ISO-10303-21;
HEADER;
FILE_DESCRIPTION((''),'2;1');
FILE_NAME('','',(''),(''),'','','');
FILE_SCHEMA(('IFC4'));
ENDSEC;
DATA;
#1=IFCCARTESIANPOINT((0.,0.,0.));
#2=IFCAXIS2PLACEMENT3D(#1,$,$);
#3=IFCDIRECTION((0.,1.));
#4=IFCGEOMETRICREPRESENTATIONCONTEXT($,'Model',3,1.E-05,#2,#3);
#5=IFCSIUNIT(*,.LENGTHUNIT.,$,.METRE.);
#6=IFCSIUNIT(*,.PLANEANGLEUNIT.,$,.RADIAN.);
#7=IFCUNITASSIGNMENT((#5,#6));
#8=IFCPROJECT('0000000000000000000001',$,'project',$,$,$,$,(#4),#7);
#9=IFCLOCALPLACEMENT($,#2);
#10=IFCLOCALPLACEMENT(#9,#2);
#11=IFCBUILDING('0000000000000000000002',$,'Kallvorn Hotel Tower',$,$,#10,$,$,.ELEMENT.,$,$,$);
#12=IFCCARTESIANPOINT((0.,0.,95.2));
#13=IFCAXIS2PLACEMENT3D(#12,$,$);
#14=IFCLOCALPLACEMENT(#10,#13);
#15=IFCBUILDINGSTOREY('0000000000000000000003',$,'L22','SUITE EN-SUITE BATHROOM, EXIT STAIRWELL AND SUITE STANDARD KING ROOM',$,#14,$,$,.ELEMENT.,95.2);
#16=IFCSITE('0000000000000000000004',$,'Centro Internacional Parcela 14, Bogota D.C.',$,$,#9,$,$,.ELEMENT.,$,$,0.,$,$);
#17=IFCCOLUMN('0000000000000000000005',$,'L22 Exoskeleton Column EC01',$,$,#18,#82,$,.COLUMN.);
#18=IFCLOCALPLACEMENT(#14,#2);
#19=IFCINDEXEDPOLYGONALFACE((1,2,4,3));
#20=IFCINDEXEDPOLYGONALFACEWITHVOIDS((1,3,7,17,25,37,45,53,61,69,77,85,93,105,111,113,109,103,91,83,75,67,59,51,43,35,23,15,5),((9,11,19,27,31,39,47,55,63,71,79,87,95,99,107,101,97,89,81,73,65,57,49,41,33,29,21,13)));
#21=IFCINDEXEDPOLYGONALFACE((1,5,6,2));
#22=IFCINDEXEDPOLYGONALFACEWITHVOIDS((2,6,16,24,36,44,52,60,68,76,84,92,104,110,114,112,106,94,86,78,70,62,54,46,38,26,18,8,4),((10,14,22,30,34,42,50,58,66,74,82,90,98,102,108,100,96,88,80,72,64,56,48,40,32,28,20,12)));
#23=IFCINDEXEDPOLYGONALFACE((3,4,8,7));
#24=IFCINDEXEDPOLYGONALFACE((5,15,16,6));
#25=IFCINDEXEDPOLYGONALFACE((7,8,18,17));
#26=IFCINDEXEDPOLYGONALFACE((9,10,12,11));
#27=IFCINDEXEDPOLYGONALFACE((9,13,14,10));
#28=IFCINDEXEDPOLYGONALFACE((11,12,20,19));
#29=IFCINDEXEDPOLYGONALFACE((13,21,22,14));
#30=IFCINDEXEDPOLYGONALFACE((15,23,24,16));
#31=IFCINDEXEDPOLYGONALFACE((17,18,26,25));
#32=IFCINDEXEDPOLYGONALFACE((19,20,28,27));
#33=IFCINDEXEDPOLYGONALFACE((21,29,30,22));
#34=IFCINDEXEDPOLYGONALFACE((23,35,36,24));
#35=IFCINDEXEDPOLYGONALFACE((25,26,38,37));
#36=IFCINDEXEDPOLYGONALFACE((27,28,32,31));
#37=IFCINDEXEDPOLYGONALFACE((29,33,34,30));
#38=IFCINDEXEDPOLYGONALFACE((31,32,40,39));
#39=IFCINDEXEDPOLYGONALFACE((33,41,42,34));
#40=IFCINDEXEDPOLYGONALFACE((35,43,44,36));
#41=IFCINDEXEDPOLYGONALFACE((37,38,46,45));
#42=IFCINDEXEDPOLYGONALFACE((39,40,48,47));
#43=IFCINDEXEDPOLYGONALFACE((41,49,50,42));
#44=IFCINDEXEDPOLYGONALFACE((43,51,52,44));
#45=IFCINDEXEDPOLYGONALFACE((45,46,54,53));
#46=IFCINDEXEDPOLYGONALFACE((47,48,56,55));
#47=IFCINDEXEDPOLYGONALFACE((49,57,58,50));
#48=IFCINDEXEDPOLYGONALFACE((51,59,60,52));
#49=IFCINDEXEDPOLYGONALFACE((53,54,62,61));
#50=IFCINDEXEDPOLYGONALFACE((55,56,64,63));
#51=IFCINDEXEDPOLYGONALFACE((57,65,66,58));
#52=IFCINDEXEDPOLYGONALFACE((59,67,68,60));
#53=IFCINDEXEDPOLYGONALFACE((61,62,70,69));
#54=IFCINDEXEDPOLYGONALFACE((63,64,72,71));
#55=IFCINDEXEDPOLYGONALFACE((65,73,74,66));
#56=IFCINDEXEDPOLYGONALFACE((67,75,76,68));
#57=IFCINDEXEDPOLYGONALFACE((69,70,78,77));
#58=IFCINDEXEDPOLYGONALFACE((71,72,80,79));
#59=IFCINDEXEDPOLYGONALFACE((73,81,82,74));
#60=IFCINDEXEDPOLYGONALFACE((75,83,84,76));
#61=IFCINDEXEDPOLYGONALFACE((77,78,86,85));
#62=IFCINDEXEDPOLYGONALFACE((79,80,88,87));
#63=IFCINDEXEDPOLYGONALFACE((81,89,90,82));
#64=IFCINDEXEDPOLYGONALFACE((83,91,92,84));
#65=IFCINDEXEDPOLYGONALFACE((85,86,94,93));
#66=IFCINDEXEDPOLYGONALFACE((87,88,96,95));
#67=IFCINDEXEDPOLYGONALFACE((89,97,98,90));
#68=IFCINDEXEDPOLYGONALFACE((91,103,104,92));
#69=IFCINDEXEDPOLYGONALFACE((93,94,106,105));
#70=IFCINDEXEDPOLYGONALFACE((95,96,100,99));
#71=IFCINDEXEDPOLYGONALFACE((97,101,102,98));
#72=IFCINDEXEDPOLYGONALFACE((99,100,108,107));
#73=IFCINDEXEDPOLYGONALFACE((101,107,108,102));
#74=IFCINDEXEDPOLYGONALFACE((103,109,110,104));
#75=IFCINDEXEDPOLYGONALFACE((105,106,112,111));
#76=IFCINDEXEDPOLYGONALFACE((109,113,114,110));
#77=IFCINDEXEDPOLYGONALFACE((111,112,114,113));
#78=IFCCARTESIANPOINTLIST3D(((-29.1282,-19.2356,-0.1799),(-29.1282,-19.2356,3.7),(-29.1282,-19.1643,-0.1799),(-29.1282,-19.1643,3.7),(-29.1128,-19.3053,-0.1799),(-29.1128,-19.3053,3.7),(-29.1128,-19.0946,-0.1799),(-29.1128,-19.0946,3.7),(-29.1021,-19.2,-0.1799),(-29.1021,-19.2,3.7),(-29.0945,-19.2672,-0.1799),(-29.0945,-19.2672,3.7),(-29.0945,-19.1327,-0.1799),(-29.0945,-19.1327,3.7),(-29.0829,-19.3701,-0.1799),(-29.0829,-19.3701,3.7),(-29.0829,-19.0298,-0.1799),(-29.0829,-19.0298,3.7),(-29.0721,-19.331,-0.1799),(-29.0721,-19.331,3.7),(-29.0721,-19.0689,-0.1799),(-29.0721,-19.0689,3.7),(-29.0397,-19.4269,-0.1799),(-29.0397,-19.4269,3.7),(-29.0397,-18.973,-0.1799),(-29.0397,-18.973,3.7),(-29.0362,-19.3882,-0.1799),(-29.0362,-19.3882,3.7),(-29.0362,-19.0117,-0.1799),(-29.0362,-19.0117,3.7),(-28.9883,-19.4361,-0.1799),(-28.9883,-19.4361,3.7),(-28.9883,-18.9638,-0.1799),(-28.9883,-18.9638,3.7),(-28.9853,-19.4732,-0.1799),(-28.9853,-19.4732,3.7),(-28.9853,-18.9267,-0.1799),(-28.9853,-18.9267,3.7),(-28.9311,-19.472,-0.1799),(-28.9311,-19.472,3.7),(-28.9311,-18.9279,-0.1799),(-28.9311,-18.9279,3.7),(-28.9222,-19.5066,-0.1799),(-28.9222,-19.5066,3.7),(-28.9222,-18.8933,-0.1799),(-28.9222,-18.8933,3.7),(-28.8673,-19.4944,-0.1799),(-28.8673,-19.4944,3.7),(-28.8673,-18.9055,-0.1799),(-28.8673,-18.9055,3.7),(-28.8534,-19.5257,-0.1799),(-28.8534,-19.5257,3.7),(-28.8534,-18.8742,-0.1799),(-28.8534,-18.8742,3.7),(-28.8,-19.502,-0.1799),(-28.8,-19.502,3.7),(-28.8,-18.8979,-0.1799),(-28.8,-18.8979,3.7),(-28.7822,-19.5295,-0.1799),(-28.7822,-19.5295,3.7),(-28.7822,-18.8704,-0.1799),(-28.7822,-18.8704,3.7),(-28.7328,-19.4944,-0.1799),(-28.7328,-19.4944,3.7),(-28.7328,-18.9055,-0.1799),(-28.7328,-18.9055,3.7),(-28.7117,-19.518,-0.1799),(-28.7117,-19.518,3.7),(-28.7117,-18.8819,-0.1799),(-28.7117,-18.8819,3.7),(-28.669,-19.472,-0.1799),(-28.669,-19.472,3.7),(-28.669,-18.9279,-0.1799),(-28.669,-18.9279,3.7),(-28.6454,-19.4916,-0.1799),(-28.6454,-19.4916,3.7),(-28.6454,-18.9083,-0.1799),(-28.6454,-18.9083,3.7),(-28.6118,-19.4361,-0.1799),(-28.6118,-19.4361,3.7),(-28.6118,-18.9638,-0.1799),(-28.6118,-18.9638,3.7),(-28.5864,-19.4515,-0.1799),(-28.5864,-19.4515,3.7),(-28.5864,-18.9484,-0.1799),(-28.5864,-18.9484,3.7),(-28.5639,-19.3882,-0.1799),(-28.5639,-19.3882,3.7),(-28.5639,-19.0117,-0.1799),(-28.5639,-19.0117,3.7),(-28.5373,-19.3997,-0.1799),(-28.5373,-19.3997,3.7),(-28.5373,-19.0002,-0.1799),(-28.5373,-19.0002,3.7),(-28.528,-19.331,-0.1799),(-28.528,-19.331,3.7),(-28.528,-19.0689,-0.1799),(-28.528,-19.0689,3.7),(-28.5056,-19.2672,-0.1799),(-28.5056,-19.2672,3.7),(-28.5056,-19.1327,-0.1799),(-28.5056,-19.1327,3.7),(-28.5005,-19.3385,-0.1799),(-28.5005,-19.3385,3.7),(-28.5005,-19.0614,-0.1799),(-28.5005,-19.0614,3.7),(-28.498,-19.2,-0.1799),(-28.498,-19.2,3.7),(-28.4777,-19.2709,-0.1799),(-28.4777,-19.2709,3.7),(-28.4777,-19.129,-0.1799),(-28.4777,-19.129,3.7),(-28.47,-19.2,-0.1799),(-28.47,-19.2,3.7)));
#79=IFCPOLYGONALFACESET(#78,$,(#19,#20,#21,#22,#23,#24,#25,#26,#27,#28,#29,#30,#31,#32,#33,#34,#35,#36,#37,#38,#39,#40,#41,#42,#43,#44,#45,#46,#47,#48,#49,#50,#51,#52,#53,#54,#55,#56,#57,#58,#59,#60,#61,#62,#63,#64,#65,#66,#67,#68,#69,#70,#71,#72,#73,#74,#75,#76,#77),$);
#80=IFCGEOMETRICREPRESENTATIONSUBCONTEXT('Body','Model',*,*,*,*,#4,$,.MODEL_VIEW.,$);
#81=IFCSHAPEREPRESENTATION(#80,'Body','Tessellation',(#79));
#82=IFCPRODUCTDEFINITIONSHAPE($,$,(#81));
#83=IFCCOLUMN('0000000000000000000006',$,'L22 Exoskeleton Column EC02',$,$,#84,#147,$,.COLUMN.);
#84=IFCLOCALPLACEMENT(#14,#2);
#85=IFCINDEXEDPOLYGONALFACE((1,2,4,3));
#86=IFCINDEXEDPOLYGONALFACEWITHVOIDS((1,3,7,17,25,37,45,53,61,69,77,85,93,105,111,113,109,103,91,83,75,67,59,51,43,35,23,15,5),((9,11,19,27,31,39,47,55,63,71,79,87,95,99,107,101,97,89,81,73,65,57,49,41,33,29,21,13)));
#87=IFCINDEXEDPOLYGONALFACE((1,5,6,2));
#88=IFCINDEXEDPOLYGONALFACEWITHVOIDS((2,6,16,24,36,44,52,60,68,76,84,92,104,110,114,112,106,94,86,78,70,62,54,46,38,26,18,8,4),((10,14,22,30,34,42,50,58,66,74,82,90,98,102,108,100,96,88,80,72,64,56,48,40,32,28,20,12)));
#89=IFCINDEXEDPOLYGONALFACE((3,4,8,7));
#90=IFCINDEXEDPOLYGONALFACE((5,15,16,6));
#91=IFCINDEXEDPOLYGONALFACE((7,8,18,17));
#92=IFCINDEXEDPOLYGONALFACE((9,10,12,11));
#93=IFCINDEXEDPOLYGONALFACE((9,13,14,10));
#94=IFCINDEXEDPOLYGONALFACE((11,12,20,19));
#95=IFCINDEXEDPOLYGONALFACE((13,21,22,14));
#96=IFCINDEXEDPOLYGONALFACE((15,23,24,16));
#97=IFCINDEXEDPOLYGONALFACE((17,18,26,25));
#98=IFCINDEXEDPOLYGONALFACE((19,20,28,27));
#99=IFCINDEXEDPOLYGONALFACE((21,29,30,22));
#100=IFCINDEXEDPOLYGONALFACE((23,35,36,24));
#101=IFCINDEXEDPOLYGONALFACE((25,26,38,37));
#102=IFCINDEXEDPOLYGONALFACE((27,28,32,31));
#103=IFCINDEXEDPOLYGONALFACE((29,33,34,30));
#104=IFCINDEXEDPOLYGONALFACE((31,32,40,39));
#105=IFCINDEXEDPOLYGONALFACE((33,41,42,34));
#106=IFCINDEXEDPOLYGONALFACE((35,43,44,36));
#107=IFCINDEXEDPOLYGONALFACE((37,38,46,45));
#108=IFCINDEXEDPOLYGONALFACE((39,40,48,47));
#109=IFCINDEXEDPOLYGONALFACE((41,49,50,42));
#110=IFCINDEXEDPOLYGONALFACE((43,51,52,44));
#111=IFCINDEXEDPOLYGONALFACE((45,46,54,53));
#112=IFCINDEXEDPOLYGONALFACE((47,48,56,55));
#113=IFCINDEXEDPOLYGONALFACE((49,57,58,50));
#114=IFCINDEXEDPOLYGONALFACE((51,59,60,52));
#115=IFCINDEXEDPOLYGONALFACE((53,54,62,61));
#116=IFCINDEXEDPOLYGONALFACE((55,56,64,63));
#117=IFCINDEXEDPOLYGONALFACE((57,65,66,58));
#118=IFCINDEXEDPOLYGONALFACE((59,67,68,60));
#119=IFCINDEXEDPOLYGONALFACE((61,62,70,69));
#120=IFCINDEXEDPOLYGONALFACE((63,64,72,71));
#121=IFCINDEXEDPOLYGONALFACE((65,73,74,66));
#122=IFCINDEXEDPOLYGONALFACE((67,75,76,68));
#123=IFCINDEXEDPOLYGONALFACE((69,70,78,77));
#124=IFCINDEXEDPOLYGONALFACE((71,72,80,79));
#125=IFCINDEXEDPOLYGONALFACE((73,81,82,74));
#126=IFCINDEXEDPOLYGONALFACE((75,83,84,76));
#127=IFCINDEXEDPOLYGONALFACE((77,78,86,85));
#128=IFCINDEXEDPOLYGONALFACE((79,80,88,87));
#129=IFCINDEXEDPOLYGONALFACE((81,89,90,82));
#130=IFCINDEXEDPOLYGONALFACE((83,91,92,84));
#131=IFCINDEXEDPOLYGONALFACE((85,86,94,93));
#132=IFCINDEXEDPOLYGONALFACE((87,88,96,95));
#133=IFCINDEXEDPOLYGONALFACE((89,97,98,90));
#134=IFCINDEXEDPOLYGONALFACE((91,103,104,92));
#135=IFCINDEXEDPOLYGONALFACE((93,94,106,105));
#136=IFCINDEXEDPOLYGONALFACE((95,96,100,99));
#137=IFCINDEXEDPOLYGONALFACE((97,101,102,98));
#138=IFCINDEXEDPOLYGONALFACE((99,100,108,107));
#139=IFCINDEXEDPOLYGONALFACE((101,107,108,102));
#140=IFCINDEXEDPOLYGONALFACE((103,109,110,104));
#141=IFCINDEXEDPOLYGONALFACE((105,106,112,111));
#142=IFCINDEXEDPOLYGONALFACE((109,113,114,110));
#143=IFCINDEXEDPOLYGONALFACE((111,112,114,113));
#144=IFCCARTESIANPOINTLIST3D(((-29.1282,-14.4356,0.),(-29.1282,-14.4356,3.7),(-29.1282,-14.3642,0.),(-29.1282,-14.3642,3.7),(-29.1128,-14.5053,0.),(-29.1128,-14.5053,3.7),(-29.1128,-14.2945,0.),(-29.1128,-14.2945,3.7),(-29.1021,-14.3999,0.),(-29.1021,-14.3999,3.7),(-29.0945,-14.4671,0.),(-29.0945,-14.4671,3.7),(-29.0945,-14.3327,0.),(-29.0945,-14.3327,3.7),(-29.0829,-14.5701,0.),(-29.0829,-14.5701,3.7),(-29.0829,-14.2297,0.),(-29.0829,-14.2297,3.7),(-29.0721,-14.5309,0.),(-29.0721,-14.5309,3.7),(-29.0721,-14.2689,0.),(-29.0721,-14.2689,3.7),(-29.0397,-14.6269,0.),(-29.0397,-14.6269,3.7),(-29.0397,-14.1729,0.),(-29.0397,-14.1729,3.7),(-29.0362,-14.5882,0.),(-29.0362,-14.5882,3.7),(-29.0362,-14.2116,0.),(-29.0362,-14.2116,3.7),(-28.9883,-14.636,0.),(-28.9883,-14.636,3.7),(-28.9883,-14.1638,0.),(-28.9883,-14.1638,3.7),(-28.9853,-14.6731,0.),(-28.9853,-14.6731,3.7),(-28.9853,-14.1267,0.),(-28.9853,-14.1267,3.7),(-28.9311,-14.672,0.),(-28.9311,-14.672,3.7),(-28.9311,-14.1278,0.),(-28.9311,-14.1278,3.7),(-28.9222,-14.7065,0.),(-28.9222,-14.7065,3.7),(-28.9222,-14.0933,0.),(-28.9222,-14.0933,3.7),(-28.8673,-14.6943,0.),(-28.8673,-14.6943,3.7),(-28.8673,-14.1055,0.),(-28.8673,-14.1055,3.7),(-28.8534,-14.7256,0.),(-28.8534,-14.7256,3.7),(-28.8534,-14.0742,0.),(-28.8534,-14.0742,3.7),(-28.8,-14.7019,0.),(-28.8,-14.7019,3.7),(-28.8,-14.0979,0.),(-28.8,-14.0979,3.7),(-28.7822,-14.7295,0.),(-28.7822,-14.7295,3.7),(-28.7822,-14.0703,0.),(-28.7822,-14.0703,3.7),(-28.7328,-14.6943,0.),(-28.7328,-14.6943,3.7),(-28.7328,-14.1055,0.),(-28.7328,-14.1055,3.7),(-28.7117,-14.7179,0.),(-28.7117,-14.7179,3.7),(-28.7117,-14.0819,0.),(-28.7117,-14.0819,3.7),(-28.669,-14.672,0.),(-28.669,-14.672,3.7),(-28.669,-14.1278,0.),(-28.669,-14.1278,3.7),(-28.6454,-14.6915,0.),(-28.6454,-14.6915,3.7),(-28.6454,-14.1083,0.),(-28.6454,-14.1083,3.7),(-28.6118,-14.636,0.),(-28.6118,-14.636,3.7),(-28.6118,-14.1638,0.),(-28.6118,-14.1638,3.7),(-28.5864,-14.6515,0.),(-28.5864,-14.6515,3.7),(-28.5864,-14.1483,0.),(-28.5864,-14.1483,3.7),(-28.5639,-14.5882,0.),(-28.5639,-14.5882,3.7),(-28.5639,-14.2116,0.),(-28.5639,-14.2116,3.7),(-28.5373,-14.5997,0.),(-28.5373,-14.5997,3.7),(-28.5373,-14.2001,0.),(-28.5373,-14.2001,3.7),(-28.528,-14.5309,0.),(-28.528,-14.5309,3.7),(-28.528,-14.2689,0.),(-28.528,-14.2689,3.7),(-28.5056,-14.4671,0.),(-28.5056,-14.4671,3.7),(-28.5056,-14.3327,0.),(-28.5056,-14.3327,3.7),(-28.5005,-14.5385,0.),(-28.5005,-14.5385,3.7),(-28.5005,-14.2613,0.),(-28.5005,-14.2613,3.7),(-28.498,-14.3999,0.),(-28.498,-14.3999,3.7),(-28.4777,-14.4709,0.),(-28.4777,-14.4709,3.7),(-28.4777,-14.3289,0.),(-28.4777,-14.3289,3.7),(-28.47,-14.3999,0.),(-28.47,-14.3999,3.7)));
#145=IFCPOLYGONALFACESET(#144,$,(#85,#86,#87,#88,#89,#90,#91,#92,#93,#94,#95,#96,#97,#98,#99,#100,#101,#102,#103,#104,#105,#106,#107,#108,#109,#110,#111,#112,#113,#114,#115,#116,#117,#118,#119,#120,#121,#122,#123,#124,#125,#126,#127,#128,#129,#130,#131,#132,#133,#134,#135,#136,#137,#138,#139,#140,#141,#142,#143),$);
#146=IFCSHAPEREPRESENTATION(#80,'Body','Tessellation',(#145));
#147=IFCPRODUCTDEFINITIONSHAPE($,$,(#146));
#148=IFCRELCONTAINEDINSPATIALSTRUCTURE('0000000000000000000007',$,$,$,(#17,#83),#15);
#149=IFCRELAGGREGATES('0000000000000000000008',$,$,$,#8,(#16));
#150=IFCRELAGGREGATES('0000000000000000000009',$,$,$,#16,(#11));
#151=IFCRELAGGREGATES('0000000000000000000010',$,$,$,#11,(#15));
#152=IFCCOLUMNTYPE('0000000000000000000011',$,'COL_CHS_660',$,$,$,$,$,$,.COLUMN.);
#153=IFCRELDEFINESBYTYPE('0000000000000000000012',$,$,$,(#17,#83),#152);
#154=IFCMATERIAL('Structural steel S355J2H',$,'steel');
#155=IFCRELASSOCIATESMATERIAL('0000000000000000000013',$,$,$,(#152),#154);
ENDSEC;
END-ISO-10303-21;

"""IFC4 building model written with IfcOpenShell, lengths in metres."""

from ifc_helpers import new_model, si_unit, direction, frame, origin, origin_2d, place, context, subcontext, project, spatial, hollow_circle, extrude, material, material_profile, profile_set, type_object, element, save


model = new_model("IFC4")

# Units and contexts
model_context = context("Model", 3, precision=1e-05, world=origin(), true_north=direction((0.0, 1.0)))
body_context = subcontext(model_context, "Body", "Model", "MODEL_VIEW")
ifc_project = project(units=[si_unit("LENGTHUNIT", "METRE"), si_unit("PLANEANGLEUNIT", "RADIAN")], contexts=[model_context])

# Site, building, storey
site_placement = place(None, origin())
site = spatial("IfcSite", under=ifc_project, at=site_placement, Name="Centro Internacional Parcela 14, Bogota D.C.", CompositionType="ELEMENT", RefElevation=0.0)
building_placement = place(site_placement, origin())
building = spatial("IfcBuilding", under=site, at=building_placement, Name="Kallvorn Hotel Tower", CompositionType="ELEMENT")
storey_placement = place(building_placement, frame((0.0, 0.0, 95.2)))
storey = spatial("IfcBuildingStorey", under=building, at=storey_placement, Name="L22", Description="SUITE EN-SUITE BATHROOM, EXIT STAIRWELL AND SUITE STANDARD KING ROOM", CompositionType="ELEMENT", Elevation=95.2)

# Columns
ifc_material_1 = material(Name="Structural steel S355J2H", Category="steel")
ifc_material_profile_1 = material_profile(ifc_material_1, hollow_circle(Radius=0.3301, WallThickness=0.0281, at=origin_2d()), Name="CHS 660x28")
ifc_profile_set_1 = profile_set([ifc_material_profile_1], Name="Structural steel S355J2H")
column_type_1 = type_object("IfcColumnType", Name="COL_CHS_660", PredefinedType="COLUMN", material=ifc_profile_set_1)
column_1_placement = place(storey_placement, frame((-28.8, -19.2, -0.1799), z_axis=(0.0, 0.0, 1.0), x_axis=(1.0, 0.0, 0.0)))
element("IfcColumn", 1, at=column_1_placement, inside=storey, type_object=column_type_1, Name="L22 Exoskeleton Column EC01", PredefinedType="COLUMN", context=body_context, shape_type="SweptSolid", body=[
    extrude(hollow_circle(Radius=0.3301, WallThickness=0.0281, at=origin_2d()), origin(), (0.0, 0.0, 1.0), 3.8799),
])
for number, where, z_axis, x_axis, name in (
    (2, (-28.8, -14.3999, 0.0), (0.0, 0.0, 1.0), (1.0, 0.0, 0.0), "L22 Exoskeleton Column EC02"),
):
    element("IfcColumn", number, at=place(storey_placement, frame(where, z_axis=z_axis, x_axis=x_axis)), inside=storey, type_object=column_type_1, Name=name, PredefinedType="COLUMN", context=body_context, shape_type="SweptSolid", body=[
        extrude(hollow_circle(Radius=0.3301, WallThickness=0.0281, at=origin_2d()), origin(), (0.0, 0.0, 1.0), 3.7),
    ])

save(model, "model.ifc")
